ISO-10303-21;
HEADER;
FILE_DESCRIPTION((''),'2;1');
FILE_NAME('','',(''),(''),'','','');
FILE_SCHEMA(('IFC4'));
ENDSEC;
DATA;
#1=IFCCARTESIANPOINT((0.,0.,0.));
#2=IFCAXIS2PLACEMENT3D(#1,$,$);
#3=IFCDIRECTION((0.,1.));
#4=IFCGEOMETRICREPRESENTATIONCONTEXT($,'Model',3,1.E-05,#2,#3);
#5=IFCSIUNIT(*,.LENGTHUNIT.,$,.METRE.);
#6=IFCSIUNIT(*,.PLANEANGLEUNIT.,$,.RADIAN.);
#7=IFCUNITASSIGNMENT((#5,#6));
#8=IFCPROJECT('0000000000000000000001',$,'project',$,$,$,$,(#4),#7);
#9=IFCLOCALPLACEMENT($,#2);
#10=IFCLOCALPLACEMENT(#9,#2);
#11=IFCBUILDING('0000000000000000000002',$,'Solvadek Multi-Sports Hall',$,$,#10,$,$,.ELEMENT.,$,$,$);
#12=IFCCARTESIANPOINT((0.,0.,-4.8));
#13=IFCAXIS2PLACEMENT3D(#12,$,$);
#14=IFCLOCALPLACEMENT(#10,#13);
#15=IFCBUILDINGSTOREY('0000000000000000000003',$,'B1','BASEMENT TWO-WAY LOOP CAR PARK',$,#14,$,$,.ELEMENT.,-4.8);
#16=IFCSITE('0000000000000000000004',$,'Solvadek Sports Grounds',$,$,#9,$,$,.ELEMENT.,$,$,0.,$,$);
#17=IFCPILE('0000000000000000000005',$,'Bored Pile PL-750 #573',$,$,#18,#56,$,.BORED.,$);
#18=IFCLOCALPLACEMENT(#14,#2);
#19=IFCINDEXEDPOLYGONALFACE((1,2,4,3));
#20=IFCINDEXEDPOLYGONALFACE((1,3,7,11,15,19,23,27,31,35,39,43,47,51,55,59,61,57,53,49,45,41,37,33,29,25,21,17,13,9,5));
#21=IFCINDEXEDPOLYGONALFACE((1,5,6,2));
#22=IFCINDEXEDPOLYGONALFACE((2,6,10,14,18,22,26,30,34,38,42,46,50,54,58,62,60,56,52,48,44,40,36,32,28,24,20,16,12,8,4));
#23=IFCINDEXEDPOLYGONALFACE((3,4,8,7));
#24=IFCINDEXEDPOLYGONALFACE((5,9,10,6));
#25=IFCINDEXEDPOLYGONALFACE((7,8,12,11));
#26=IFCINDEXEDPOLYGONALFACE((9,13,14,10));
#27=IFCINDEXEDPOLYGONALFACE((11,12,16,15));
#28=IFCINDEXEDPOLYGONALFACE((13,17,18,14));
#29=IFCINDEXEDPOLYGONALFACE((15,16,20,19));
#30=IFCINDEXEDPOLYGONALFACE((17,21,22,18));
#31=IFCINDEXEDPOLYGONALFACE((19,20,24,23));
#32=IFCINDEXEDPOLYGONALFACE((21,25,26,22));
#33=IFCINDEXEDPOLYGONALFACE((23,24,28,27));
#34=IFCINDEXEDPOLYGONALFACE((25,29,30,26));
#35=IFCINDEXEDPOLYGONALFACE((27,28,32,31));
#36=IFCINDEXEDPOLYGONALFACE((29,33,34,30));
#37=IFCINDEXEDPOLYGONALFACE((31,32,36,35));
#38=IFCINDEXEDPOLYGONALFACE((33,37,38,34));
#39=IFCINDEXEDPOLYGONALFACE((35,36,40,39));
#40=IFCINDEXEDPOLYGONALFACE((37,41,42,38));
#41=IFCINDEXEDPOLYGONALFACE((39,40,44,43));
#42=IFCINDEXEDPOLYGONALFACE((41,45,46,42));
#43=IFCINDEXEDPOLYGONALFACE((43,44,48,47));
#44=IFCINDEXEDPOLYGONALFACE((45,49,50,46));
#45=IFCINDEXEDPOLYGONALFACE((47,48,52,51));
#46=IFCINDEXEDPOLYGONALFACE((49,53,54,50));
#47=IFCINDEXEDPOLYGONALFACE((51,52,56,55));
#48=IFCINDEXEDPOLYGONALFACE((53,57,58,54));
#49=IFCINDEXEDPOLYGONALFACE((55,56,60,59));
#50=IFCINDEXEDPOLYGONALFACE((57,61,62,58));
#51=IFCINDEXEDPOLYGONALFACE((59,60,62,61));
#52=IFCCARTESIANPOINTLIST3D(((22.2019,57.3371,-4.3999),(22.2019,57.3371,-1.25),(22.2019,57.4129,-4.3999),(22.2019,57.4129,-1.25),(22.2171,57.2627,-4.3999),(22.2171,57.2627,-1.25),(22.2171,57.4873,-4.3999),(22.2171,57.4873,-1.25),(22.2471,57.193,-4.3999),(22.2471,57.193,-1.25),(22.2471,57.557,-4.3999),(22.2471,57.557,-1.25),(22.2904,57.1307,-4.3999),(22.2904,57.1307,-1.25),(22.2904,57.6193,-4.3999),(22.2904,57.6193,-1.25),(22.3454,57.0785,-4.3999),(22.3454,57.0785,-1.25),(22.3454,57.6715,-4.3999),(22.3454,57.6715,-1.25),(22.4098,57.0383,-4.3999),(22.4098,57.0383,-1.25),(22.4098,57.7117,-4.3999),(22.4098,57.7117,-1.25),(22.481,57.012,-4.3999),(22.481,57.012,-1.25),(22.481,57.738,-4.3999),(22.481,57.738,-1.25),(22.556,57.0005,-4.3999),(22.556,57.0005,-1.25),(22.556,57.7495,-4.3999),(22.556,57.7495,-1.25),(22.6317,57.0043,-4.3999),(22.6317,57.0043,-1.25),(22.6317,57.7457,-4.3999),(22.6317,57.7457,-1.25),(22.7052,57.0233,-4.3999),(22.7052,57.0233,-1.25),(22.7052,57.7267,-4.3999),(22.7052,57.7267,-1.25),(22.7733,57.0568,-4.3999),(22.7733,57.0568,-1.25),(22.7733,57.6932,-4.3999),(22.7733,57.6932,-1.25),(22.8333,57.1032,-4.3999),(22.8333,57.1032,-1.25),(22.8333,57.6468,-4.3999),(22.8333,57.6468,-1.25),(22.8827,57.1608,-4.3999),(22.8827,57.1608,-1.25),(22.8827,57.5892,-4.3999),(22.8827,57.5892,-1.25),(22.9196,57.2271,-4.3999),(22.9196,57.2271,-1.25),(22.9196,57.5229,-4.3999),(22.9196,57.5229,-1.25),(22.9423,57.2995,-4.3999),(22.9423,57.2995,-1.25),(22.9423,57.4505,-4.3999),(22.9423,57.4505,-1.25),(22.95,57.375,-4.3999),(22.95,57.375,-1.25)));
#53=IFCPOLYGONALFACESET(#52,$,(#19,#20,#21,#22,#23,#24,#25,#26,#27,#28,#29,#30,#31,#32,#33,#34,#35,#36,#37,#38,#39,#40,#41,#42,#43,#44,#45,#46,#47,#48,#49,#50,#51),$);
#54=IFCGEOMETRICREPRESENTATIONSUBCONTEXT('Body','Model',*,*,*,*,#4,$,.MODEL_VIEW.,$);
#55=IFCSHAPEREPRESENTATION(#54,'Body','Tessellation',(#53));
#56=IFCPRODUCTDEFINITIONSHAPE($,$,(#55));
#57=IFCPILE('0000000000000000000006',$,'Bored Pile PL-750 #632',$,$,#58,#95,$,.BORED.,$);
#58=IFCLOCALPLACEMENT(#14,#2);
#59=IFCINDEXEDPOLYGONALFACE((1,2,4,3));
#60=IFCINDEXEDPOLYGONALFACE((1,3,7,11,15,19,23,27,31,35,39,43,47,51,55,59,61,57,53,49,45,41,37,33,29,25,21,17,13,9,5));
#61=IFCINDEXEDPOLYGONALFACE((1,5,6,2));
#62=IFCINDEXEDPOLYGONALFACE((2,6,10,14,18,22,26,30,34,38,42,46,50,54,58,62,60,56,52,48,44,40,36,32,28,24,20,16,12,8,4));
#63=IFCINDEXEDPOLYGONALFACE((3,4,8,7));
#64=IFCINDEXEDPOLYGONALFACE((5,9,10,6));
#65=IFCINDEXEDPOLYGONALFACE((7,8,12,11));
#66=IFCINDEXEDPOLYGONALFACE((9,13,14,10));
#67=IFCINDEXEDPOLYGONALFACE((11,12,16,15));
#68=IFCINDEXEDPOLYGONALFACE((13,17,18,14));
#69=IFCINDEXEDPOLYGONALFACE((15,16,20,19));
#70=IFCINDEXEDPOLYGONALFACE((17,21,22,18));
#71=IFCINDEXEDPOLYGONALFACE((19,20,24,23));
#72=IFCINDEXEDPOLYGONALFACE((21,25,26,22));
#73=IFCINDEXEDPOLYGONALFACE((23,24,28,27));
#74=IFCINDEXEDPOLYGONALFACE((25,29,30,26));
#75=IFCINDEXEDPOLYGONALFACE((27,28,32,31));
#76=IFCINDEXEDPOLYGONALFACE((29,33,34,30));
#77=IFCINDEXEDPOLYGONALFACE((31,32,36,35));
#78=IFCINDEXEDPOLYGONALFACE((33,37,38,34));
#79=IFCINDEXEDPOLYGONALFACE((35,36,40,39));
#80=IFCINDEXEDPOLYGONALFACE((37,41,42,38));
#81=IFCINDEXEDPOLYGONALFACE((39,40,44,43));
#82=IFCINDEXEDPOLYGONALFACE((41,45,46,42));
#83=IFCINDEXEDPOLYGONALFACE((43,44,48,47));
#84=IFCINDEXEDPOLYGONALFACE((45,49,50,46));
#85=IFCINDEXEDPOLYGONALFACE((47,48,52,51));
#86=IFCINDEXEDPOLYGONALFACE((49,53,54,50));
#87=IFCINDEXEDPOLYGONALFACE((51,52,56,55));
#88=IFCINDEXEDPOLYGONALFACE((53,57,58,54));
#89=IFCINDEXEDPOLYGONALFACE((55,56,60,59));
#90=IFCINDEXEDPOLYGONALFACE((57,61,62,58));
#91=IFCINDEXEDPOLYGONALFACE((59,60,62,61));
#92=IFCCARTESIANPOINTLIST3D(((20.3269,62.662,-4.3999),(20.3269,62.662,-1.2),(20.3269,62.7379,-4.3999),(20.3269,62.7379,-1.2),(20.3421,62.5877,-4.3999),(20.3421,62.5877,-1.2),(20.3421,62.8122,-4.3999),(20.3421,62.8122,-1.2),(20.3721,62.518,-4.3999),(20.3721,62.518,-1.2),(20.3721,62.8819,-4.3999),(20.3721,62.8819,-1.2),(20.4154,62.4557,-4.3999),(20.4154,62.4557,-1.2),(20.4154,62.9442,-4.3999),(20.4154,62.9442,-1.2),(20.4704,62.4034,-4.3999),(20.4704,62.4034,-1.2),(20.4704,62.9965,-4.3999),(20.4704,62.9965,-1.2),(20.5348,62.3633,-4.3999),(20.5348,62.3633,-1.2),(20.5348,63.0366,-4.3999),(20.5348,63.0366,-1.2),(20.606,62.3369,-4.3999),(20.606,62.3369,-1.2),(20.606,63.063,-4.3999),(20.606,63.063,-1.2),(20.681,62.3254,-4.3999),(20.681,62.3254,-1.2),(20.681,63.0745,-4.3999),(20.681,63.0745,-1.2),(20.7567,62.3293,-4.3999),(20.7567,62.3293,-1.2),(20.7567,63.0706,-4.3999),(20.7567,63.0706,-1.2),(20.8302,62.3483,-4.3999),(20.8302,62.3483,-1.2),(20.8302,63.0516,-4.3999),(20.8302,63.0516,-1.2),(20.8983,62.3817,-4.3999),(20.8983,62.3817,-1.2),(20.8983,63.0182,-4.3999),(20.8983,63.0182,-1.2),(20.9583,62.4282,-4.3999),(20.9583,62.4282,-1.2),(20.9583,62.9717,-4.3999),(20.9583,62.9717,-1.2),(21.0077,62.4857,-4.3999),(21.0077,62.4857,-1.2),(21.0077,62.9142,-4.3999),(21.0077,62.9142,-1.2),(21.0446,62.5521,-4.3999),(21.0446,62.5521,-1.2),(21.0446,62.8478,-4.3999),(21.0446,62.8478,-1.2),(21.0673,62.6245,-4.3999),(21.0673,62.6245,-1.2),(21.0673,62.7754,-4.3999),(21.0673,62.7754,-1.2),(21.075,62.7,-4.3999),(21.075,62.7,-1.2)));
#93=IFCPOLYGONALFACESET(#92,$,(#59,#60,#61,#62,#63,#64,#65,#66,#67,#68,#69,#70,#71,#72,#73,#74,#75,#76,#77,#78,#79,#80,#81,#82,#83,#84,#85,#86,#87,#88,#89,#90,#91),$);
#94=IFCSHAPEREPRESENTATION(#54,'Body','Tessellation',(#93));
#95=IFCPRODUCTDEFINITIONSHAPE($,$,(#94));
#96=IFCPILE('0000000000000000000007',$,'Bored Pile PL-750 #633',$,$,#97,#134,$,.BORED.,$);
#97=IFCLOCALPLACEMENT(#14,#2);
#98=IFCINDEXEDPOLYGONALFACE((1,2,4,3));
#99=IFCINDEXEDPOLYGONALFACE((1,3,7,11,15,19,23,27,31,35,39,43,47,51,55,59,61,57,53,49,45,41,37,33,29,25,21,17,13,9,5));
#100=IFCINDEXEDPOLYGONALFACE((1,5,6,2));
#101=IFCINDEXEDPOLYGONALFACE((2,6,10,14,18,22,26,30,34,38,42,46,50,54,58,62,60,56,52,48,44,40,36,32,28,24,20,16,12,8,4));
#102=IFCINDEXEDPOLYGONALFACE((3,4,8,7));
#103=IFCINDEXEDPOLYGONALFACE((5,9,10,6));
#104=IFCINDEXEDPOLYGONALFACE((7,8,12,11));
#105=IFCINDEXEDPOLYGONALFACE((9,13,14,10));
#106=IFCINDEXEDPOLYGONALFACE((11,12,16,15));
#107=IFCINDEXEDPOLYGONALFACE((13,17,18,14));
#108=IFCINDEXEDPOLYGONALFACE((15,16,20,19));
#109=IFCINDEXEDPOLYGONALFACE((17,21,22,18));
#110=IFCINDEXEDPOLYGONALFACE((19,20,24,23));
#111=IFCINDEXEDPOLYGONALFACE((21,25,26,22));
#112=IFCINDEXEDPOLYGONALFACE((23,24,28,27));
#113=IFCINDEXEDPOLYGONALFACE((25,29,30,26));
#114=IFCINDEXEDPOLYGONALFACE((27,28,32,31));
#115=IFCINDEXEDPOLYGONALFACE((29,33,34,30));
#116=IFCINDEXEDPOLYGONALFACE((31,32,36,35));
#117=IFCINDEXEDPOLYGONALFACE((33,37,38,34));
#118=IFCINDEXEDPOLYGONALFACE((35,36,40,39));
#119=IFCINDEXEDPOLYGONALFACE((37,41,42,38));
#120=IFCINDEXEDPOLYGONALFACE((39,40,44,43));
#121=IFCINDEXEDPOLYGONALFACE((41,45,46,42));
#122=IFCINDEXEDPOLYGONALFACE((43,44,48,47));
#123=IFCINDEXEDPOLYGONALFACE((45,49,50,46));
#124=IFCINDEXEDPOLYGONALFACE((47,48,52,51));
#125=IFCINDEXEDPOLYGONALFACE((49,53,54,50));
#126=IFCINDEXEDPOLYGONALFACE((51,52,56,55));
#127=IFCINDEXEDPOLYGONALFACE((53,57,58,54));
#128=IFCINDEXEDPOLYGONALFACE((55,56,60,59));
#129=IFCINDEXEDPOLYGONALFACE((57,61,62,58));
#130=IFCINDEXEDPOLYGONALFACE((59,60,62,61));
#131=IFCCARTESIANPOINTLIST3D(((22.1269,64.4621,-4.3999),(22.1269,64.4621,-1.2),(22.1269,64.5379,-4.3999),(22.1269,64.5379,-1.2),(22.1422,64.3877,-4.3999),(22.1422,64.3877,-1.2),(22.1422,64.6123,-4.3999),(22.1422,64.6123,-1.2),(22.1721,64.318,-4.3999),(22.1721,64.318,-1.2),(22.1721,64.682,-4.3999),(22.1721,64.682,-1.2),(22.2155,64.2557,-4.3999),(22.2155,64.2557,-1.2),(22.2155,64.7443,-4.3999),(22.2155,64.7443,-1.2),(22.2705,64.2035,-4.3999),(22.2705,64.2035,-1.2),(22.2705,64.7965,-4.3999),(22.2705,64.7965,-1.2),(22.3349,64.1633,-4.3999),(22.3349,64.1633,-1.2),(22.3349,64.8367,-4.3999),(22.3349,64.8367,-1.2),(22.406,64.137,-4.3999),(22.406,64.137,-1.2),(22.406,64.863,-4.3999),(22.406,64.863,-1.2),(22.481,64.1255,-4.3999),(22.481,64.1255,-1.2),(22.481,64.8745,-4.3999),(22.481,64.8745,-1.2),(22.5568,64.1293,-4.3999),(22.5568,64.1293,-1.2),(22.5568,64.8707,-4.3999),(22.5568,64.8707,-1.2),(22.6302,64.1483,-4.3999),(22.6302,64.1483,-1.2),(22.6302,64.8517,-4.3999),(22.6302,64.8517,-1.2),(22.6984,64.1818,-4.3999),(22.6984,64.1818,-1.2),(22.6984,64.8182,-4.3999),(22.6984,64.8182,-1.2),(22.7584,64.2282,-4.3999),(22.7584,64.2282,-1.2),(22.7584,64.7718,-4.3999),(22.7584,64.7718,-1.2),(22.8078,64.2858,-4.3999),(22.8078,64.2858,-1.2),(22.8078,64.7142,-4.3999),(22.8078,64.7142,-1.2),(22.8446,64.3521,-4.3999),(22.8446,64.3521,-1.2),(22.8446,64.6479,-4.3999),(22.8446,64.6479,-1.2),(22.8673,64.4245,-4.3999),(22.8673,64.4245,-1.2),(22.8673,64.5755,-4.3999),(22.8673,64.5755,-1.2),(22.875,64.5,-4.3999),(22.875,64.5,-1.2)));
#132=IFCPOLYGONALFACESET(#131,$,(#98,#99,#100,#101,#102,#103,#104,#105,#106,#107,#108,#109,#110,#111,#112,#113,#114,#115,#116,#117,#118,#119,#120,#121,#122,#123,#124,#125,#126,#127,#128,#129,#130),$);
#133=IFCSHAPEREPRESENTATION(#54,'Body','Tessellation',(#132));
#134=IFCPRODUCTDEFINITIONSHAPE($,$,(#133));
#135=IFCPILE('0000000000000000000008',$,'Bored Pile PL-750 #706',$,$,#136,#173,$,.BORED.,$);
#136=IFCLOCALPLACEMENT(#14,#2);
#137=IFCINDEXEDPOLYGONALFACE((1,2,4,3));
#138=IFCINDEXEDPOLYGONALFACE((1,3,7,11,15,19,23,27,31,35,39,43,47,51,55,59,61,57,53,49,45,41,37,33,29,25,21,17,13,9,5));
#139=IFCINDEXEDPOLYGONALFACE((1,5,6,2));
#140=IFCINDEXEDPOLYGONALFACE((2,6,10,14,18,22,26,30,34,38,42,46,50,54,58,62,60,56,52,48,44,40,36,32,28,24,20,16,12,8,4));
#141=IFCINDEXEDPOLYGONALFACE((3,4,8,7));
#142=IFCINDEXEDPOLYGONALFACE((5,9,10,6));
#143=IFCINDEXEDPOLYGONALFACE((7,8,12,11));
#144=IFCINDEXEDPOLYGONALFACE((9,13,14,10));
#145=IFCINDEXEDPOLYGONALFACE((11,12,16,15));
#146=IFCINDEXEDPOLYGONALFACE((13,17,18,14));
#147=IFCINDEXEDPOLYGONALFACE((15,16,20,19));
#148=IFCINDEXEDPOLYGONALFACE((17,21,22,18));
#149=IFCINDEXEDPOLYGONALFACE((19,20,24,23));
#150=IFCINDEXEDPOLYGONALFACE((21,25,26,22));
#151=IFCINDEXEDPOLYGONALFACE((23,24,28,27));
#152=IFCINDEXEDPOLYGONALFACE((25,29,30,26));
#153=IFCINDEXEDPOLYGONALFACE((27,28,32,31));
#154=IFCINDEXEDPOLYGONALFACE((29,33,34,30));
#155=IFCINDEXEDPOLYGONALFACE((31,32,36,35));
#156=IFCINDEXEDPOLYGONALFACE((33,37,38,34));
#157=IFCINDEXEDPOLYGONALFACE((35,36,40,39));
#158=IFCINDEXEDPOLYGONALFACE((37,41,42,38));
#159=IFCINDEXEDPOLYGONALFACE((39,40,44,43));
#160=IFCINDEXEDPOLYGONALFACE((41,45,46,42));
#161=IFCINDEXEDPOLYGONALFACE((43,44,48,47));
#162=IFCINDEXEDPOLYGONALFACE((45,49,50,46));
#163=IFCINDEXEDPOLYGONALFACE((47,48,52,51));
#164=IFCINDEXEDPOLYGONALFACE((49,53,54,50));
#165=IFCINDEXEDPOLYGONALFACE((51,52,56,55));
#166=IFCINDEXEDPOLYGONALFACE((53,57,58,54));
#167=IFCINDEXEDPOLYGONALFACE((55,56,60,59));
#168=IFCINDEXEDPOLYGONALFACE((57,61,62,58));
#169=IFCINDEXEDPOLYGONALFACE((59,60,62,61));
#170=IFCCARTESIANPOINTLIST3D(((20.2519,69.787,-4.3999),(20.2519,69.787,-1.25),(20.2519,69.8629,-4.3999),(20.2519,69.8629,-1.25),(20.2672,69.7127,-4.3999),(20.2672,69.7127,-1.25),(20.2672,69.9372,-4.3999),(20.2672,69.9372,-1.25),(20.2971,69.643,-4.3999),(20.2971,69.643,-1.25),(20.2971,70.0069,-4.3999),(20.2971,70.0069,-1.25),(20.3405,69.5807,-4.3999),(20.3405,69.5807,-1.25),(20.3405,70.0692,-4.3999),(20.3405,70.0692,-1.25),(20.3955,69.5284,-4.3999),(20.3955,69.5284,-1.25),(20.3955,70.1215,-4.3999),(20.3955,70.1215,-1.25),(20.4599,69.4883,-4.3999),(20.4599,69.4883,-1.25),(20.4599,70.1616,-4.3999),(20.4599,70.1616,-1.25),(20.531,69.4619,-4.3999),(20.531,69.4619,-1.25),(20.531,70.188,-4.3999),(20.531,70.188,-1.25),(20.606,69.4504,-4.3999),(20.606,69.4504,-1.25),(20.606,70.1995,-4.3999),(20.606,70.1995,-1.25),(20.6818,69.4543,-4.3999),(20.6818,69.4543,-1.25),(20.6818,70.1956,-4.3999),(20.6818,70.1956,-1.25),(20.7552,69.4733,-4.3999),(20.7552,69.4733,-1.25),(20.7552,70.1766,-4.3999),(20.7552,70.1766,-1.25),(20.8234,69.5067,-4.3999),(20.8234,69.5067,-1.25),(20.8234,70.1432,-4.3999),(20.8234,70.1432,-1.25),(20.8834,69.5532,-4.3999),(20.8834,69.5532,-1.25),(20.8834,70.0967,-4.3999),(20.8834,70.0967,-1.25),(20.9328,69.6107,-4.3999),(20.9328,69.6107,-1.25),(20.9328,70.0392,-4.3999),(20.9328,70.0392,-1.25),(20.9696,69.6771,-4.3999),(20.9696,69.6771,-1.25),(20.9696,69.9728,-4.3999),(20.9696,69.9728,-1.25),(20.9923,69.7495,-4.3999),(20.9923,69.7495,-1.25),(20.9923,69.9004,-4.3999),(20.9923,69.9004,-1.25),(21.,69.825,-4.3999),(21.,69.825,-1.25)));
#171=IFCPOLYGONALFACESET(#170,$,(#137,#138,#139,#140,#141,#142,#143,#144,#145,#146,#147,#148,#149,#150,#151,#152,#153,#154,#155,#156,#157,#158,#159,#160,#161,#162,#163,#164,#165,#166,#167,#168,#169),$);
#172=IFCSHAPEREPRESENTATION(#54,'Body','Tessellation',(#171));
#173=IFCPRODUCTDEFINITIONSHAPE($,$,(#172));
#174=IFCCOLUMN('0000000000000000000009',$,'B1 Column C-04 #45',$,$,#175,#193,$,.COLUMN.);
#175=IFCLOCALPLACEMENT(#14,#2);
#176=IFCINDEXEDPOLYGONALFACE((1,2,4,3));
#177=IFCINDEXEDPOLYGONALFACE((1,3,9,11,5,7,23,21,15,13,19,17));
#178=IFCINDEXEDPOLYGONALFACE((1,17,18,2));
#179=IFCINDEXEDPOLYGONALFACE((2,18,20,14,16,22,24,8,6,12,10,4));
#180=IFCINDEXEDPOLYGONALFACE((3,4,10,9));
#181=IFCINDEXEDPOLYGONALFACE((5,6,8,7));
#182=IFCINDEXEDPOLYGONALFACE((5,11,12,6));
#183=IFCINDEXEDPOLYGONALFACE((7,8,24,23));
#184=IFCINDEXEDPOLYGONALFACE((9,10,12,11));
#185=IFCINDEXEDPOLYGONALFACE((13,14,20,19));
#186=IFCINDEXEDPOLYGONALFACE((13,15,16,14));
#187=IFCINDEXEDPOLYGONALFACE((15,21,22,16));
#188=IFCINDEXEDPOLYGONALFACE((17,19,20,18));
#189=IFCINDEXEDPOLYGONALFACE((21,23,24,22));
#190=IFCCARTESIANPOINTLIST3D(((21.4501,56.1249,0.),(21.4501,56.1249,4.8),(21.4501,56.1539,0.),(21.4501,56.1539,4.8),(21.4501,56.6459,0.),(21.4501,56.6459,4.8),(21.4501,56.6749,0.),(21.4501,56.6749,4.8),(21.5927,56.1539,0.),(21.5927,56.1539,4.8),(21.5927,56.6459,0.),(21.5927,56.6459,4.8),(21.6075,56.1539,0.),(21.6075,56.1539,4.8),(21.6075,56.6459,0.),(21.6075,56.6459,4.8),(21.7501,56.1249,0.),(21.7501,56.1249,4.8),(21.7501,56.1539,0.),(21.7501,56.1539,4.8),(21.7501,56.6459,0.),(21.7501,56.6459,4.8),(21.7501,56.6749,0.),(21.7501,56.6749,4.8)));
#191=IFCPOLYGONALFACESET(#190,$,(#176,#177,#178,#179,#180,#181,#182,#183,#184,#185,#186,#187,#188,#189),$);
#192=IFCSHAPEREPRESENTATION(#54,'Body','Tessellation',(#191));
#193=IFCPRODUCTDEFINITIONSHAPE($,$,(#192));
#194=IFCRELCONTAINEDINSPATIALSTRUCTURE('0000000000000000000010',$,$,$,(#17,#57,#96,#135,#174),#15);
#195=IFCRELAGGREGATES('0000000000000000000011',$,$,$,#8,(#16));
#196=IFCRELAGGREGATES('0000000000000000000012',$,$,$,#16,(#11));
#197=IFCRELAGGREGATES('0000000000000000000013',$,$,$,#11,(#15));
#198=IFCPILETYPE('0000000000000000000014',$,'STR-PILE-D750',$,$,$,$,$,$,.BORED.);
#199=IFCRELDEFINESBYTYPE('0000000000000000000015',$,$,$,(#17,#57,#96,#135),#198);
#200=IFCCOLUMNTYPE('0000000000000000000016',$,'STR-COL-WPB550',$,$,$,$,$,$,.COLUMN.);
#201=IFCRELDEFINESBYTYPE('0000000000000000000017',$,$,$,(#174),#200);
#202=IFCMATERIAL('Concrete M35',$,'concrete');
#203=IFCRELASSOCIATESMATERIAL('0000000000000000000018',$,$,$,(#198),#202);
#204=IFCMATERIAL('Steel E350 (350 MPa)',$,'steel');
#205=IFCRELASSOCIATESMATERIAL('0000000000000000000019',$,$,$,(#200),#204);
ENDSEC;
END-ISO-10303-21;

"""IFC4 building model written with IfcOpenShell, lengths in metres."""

from ifc_helpers import new_model, si_unit, direction, frame, origin, origin_2d, place, context, subcontext, project, spatial, circle, i_section, extrude, material, material_profile, profile_set, type_object, element, save


model = new_model("IFC4")

# Units and contexts
model_context = context("Model", 3, precision=1e-05, world=origin(), true_north=direction((0.0, 1.0)))
body_context = subcontext(model_context, "Body", "Model", "MODEL_VIEW")
ifc_project = project(units=[si_unit("LENGTHUNIT", "METRE"), si_unit("PLANEANGLEUNIT", "RADIAN")], contexts=[model_context])

# Site, building, storey
site_placement = place(None, origin())
site = spatial("IfcSite", under=ifc_project, at=site_placement, Name="Solvadek Sports Grounds", CompositionType="ELEMENT", RefElevation=0.0)
building_placement = place(site_placement, origin())
building = spatial("IfcBuilding", under=site, at=building_placement, Name="Solvadek Multi-Sports Hall", CompositionType="ELEMENT")
storey_placement = place(building_placement, frame((0.0, 0.0, -4.8)))
storey = spatial("IfcBuildingStorey", under=building, at=storey_placement, Name="B1", Description="BASEMENT TWO-WAY LOOP CAR PARK", CompositionType="ELEMENT", Elevation=-4.8)

# Piles
ifc_material_1 = material(Name="Concrete M35", Category="concrete")
ifc_material_profile_1 = material_profile(ifc_material_1, circle(Radius=0.375, at=origin_2d()), Name="BORED PILE D750")
ifc_profile_set_1 = profile_set([ifc_material_profile_1], Name="Concrete M35")
pile_type = type_object("IfcPileType", Name="STR-PILE-D750", PredefinedType="BORED", material=ifc_profile_set_1)
for number, where, z_axis, x_axis, name in (
    (1, (22.575, 57.375, -1.25), (0.0, 0.0, -1.0), (1.0, 0.0, 0.0), "Bored Pile PL-750 #573"),
):
    element("IfcPile", number, at=place(storey_placement, frame(where, z_axis=z_axis, x_axis=x_axis)), inside=storey, type_object=pile_type, Name=name, PredefinedType="BORED", context=body_context, shape_type="SweptSolid", body=[
        extrude(circle(Radius=0.375, at=origin_2d()), origin(), (0.0, 0.0, 1.0), 3.1499),
    ])
for number, where, z_axis, x_axis, name in (
    (2, (20.7, 62.7, -1.2), (0.0, 0.0, -1.0), (1.0, 0.0, 0.0), "Bored Pile PL-750 #632"),
    (3, (22.5, 64.5, -1.2), (0.0, 0.0, -1.0), (1.0, 0.0, 0.0), "Bored Pile PL-750 #633"),
):
    element("IfcPile", number, at=place(storey_placement, frame(where, z_axis=z_axis, x_axis=x_axis)), inside=storey, type_object=pile_type, Name=name, PredefinedType="BORED", context=body_context, shape_type="SweptSolid", body=[
        extrude(circle(Radius=0.375, at=origin_2d()), origin(), (0.0, 0.0, 1.0), 3.2),
    ])
pile_1_placement = place(storey_placement, frame((20.625, 69.825, -1.25), z_axis=(0.0, 0.0, -1.0), x_axis=(1.0, 0.0, 0.0)))
element("IfcPile", 4, at=pile_1_placement, inside=storey, type_object=pile_type, Name="Bored Pile PL-750 #706", PredefinedType="BORED", context=body_context, shape_type="SweptSolid", body=[
    extrude(circle(Radius=0.375, at=origin_2d()), origin(), (0.0, 0.0, 1.0), 3.1499),
])

# Column
ifc_material_2 = material(Name="Steel E350 (350 MPa)", Category="steel")
ifc_material_profile_2 = material_profile(ifc_material_2, i_section(OverallWidth=0.3, OverallDepth=0.55, WebThickness=0.0149, FlangeThickness=0.0291, at=origin_2d()), Name="WPB 550")
ifc_profile_set_2 = profile_set([ifc_material_profile_2], Name="Steel E350 (350 MPa)")
column_type = type_object("IfcColumnType", Name="STR-COL-WPB550", PredefinedType="COLUMN", material=ifc_profile_set_2)
for number, where, z_axis, x_axis, name in (
    (5, (21.6001, 56.3999, 0.0), (0.0, 0.0, 1.0), (1.0, 0.0, 0.0), "B1 Column C-04 #45"),
):
    element("IfcColumn", number, at=place(storey_placement, frame(where, z_axis=z_axis, x_axis=x_axis)), inside=storey, type_object=column_type, Name=name, PredefinedType="COLUMN", context=body_context, shape_type="SweptSolid", body=[
        extrude(i_section(OverallWidth=0.3, OverallDepth=0.55, WebThickness=0.0149, FlangeThickness=0.0291, at=origin_2d()), origin(), (0.0, 0.0, 1.0), 4.8),
    ])

save(model, "model.ifc")
